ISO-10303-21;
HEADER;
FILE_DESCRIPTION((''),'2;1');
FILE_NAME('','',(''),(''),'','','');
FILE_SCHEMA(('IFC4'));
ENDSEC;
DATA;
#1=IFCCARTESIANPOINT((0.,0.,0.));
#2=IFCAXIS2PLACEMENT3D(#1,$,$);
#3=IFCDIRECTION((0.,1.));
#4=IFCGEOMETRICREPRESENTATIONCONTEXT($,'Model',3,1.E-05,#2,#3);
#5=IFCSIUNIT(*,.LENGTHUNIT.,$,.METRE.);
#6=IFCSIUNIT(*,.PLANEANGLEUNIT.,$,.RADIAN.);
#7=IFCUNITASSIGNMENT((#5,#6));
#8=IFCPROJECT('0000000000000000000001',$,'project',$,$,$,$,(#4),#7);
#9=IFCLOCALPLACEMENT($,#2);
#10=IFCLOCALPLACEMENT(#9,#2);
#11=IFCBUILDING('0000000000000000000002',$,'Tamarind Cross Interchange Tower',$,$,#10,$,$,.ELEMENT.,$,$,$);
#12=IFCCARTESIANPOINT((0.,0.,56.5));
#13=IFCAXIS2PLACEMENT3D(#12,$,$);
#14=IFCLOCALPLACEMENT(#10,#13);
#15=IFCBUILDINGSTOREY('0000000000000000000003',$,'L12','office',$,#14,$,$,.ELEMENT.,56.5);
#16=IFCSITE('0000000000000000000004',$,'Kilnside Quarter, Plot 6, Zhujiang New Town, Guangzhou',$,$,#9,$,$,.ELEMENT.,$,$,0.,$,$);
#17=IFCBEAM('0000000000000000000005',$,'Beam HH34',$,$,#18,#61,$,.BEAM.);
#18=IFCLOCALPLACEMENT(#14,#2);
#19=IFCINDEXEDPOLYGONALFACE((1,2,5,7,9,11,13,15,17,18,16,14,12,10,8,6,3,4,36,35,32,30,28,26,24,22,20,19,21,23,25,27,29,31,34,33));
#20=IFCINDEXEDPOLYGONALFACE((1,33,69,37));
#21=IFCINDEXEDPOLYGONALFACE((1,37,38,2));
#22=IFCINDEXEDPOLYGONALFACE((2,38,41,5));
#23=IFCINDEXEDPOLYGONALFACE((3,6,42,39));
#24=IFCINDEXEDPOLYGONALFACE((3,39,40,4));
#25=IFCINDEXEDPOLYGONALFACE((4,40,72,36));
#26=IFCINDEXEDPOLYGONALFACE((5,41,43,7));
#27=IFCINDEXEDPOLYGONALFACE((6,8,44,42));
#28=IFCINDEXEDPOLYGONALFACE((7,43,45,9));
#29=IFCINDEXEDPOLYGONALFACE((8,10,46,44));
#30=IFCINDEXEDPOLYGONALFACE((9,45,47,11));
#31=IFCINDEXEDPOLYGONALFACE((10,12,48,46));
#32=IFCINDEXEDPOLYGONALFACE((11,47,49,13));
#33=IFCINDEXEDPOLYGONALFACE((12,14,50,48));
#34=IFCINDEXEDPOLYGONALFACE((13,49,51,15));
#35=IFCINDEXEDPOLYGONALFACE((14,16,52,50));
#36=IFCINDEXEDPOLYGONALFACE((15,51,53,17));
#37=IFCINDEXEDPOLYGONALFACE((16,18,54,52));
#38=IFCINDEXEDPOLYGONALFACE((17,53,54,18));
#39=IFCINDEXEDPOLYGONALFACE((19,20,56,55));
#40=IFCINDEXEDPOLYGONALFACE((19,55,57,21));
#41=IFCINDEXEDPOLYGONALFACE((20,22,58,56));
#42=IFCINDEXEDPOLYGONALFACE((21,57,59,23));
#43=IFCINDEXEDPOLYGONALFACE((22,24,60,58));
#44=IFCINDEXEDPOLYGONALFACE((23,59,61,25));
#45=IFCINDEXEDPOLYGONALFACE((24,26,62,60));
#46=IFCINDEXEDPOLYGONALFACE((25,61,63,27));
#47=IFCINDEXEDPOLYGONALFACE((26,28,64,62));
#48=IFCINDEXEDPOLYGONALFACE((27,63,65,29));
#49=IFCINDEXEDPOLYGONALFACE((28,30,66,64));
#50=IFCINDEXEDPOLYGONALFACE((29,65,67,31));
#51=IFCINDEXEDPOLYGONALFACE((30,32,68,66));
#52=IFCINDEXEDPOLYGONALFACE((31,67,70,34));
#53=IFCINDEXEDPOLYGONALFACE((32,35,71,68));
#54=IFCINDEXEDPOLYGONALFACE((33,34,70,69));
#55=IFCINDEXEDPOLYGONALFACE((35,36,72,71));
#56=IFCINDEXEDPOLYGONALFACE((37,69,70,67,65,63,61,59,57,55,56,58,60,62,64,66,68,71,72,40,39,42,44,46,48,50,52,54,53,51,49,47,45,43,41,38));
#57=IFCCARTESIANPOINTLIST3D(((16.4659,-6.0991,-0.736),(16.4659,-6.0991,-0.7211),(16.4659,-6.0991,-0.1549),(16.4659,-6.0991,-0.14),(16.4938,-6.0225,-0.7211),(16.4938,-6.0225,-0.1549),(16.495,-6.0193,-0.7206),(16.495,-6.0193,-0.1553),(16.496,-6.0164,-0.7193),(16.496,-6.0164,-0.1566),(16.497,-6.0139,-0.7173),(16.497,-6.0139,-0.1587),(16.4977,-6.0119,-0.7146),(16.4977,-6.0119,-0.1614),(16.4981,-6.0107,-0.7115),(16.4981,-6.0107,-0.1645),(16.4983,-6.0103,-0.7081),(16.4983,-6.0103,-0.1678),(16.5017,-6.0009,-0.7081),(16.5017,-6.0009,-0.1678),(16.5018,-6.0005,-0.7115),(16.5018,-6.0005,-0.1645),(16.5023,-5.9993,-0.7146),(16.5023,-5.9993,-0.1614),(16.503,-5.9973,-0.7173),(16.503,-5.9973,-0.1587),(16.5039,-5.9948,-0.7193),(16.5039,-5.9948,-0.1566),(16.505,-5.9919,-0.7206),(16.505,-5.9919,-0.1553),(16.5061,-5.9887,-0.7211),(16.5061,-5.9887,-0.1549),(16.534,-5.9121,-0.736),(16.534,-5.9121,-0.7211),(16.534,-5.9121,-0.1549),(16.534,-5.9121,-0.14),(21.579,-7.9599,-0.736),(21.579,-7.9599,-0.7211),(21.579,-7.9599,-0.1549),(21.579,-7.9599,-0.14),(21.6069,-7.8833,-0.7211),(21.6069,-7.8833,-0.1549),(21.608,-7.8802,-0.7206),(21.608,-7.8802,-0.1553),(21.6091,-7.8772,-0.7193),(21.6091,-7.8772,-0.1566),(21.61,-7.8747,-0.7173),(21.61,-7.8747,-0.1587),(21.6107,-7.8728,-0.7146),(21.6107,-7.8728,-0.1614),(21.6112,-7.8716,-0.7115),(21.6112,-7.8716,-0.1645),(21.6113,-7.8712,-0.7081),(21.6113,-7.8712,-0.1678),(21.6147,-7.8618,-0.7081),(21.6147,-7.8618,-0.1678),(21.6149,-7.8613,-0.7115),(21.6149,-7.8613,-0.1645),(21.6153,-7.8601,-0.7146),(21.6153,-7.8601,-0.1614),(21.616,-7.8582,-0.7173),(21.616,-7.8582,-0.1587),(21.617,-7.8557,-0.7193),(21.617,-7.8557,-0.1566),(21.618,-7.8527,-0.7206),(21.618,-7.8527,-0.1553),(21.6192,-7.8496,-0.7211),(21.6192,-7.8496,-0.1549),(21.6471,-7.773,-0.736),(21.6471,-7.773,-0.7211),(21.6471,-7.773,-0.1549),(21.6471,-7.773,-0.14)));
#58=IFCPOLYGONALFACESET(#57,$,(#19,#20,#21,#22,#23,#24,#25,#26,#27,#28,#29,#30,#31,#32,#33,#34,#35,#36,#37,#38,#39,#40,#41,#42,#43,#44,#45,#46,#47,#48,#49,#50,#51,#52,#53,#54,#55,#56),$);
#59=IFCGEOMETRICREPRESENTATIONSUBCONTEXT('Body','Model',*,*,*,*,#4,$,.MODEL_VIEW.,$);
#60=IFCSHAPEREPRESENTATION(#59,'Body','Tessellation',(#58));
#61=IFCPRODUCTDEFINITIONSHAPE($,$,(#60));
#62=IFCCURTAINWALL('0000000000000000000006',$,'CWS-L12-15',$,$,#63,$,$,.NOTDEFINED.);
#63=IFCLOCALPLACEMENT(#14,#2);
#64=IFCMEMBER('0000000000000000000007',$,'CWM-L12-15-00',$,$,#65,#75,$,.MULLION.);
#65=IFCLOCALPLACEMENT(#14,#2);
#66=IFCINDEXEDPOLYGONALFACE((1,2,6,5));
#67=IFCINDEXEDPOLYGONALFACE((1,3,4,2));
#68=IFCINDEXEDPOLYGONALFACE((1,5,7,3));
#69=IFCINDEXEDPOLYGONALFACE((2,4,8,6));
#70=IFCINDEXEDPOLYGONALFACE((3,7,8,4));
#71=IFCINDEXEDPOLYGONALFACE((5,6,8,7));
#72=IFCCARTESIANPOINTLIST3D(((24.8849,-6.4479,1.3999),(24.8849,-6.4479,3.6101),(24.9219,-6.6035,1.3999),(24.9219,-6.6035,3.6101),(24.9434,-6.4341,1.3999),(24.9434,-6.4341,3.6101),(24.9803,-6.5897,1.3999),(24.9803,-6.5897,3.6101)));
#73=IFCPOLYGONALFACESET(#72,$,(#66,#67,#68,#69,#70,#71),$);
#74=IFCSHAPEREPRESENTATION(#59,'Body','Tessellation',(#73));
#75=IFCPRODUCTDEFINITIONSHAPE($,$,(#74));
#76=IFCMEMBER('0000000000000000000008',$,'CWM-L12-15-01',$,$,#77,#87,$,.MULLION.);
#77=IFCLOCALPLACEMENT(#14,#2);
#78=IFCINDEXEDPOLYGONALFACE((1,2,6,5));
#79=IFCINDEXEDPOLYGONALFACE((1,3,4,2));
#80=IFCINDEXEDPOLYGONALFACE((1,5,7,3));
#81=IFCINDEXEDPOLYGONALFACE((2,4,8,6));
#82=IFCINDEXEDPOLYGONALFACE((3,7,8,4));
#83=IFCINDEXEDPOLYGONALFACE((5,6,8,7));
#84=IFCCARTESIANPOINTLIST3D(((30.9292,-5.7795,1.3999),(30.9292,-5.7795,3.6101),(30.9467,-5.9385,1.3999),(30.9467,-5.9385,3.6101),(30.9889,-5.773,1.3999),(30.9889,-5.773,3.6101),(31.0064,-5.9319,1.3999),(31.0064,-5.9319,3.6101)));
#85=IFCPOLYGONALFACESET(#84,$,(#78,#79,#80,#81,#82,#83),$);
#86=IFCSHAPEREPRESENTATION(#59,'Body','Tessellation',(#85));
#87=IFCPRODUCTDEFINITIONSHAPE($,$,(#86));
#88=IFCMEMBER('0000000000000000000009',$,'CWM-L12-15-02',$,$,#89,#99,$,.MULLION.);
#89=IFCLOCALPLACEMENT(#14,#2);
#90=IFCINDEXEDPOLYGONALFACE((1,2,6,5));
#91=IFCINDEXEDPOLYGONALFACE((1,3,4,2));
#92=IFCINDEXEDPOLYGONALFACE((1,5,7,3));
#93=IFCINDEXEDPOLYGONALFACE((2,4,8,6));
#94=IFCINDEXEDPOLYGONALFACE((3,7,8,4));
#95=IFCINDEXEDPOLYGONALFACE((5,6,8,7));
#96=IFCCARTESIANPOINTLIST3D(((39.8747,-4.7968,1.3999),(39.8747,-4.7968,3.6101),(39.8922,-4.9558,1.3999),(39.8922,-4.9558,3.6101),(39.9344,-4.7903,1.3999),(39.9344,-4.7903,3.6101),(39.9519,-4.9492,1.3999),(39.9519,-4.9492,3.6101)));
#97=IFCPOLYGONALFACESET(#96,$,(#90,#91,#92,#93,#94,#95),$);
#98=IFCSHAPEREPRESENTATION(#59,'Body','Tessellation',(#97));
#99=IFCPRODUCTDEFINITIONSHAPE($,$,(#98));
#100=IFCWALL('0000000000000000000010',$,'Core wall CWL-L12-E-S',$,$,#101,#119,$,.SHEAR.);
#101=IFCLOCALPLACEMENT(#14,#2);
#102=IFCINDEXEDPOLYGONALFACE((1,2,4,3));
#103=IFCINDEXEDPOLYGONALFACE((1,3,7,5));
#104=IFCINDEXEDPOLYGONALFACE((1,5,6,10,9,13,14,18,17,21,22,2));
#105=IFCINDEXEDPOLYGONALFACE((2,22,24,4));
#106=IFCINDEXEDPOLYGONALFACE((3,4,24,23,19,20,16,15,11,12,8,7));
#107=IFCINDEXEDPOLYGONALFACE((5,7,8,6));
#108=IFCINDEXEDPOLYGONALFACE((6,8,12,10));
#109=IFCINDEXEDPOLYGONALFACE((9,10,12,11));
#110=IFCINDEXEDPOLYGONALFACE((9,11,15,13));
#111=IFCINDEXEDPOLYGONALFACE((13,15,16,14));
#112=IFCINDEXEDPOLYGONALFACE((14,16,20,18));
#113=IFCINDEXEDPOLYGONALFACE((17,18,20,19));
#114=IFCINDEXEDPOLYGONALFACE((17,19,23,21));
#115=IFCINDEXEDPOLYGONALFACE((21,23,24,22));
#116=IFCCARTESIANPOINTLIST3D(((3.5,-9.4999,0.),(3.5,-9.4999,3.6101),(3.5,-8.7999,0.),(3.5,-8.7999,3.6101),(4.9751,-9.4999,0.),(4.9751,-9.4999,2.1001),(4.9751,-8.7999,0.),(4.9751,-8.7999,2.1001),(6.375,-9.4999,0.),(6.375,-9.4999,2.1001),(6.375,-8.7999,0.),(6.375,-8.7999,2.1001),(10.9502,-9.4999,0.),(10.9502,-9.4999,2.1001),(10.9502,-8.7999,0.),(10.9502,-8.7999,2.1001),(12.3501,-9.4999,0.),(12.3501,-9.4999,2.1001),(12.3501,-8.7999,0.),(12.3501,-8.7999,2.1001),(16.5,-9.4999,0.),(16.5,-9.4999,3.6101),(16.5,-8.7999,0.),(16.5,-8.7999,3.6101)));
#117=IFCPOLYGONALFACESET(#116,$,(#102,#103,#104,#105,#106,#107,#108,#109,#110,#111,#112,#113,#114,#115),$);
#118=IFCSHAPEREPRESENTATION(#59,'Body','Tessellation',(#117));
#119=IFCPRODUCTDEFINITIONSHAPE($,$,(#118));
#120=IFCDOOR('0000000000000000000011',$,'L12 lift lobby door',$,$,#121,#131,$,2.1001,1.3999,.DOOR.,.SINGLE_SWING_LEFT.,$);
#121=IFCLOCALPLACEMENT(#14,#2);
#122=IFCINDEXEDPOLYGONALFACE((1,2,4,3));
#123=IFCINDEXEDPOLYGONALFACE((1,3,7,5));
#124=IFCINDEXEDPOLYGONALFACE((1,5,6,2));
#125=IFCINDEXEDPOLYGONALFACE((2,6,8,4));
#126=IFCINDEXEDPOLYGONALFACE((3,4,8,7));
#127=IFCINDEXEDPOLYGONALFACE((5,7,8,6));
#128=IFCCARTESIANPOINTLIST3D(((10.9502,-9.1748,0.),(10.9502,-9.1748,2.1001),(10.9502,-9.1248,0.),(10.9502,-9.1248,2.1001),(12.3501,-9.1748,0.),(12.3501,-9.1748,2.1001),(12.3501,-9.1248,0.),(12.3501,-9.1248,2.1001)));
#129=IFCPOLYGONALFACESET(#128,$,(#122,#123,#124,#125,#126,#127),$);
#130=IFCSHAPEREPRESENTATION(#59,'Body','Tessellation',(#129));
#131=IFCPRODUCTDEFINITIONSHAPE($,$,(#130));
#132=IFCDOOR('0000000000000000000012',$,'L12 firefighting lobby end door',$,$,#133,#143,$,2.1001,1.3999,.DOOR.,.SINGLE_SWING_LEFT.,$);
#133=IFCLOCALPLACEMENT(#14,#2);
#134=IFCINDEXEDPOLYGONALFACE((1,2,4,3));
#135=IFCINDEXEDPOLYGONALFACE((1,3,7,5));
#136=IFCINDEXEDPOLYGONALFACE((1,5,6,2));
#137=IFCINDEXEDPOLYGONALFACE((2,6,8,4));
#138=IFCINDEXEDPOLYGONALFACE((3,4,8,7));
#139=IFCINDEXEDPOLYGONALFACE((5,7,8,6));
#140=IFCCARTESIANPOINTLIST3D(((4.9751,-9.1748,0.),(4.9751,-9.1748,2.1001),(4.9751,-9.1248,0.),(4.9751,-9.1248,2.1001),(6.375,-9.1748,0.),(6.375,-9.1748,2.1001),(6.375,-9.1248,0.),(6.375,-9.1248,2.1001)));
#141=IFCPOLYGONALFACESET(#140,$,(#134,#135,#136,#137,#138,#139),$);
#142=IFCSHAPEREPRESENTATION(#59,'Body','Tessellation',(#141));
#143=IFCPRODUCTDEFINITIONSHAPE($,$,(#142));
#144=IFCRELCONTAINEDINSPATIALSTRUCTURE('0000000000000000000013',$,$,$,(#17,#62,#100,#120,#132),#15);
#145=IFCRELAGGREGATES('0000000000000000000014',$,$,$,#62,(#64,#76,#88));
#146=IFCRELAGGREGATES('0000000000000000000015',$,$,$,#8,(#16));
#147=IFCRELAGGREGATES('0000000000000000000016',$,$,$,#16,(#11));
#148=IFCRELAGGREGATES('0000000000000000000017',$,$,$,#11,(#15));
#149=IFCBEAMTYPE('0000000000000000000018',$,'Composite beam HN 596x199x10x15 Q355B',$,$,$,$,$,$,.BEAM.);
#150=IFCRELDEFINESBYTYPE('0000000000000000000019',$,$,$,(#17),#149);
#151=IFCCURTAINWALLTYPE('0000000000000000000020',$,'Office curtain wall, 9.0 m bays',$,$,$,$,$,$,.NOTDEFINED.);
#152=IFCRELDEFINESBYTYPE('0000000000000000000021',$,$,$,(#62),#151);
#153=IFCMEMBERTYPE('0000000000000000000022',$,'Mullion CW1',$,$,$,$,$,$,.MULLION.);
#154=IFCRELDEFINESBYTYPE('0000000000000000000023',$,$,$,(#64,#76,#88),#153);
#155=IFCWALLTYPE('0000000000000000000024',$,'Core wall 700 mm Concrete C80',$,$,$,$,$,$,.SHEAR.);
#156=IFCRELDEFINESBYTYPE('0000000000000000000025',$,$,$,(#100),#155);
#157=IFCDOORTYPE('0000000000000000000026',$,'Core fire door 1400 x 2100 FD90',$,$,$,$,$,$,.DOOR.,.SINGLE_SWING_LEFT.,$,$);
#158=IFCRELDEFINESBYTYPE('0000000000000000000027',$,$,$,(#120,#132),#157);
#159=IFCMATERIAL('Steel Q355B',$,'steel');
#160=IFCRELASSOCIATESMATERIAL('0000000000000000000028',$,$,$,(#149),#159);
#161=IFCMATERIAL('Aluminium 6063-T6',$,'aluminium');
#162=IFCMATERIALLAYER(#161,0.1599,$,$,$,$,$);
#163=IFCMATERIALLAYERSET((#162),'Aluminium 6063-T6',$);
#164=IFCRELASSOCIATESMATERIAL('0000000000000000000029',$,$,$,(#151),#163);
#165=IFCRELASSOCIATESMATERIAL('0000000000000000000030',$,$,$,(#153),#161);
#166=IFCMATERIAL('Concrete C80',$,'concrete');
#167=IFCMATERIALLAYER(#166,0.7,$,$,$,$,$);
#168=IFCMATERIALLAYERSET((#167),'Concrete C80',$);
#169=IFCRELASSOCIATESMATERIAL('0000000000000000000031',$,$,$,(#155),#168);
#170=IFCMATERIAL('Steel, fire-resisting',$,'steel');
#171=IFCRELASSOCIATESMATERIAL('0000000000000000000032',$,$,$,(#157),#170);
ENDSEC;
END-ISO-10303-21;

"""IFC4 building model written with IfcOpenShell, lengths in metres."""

from ifc_helpers import new_model, si_unit, direction, frame, frame_2d, origin, origin_2d, place, context, subcontext, project, spatial, rectangle, i_section, extrude, material, layer, layer_set, material_profile, profile_set, type_object, element, fill, aggregate, save


model = new_model("IFC4")

# Units and contexts
model_context = context("Model", 3, precision=1e-05, world=origin(), true_north=direction((0.0, 1.0)))
body_context = subcontext(model_context, "Body", "Model", "MODEL_VIEW")
ifc_project = project(units=[si_unit("LENGTHUNIT", "METRE"), si_unit("PLANEANGLEUNIT", "RADIAN")], contexts=[model_context])

# Site, building, storey
site_placement = place(None, origin())
site = spatial("IfcSite", under=ifc_project, at=site_placement, Name="Kilnside Quarter, Plot 6, Zhujiang New Town, Guangzhou", CompositionType="ELEMENT", RefElevation=0.0)
building_placement = place(site_placement, origin())
building = spatial("IfcBuilding", under=site, at=building_placement, Name="Tamarind Cross Interchange Tower", CompositionType="ELEMENT")
storey_placement = place(building_placement, frame((0.0, 0.0, 56.5)))
storey = spatial("IfcBuildingStorey", under=building, at=storey_placement, Name="L12", Description="office", CompositionType="ELEMENT", Elevation=56.5)

# Beam
ifc_material_1 = material(Name="Steel Q355B", Category="steel")
ifc_material_profile_1 = material_profile(ifc_material_1, i_section(OverallWidth=0.199, OverallDepth=0.5959, WebThickness=0.01, FlangeThickness=0.0149, FilletRadius=0.0129, at=origin_2d()), Name="HN 596x199x10x15")
ifc_profile_set_1 = profile_set([ifc_material_profile_1], Name="Steel Q355B")
beam_type_1 = type_object("IfcBeamType", Name="Composite beam HN 596x199x10x15 Q355B", PredefinedType="BEAM", material=ifc_profile_set_1)
beam_1_placement = place(storey_placement, frame((21.613, -7.8665, -0.438), z_axis=(-0.939702, 0.341995, 0.0), x_axis=(-0.341995, -0.939702, 0.0)))
element("IfcBeam", 1, at=beam_1_placement, inside=storey, type_object=beam_type_1, Name="Beam HH34", PredefinedType="BEAM", context=body_context, shape_type="SweptSolid", body=[
    extrude(i_section(OverallWidth=0.199, OverallDepth=0.5959, WebThickness=0.01, FlangeThickness=0.0149, FilletRadius=0.0129, at=origin_2d()), origin(), (0.0, 0.0, 1.0), 5.4412),
])

# Curtain wall, members
ifc_material_2 = material(Name="Aluminium 6063-T6", Category="aluminium")
ifc_layer_1 = layer(ifc_material_2, 0.1599)
ifc_layer_set_1 = layer_set([ifc_layer_1], Name="Aluminium 6063-T6")
curtain_wall_type = type_object("IfcCurtainWallType", Name="Office curtain wall, 9.0 m bays", PredefinedType="NOTDEFINED", material=ifc_layer_set_1)
curtain_wall_placement = place(storey_placement, origin())
curtain_wall = element("IfcCurtainWall", 2, at=curtain_wall_placement, inside=storey, type_object=curtain_wall_type, Name="CWS-L12-15", PredefinedType="NOTDEFINED")
ifc_material_profile_2 = material_profile(ifc_material_2, rectangle(XDim=0.0601, YDim=0.1599, at=origin_2d()), Name="Mullion CW1")
ifc_profile_set_2 = profile_set([ifc_material_profile_2], Name="Aluminium 6063-T6")
member_type = type_object("IfcMemberType", Name="Mullion CW1", PredefinedType="MULLION", material=ifc_profile_set_2)
member_1_placement = place(storey_placement, frame((24.9326, -6.5188, 1.3999), z_axis=(0.0, 0.0, 1.0), x_axis=(0.972951, 0.23101, 0.0)))
member_1 = element("IfcMember", 3, at=member_1_placement, type_object=member_type, Name="CWM-L12-15-00", PredefinedType="MULLION", context=body_context, shape_type="SweptSolid", body=[
    extrude(rectangle(XDim=0.0601, YDim=0.1599, at=origin_2d()), origin(), (0.0, 0.0, 1.0), 2.2102),
])
member_2_placement = place(storey_placement, frame((30.9678, -5.8557, 1.3999), z_axis=(0.0, 0.0, 1.0), x_axis=(0.994021, 0.109193, 0.0)))
member_2 = element("IfcMember", 4, at=member_2_placement, type_object=member_type, Name="CWM-L12-15-01", PredefinedType="MULLION", context=body_context, shape_type="SweptSolid", body=[
    extrude(rectangle(XDim=0.0601, YDim=0.1599, at=origin_2d()), origin(), (0.0, 0.0, 1.0), 2.2102),
])
member_3_placement = place(storey_placement, frame((39.9133, -4.873, 1.3999), z_axis=(0.0, 0.0, 1.0), x_axis=(0.994021, 0.109193, 0.0)))
member_3 = element("IfcMember", 5, at=member_3_placement, type_object=member_type, Name="CWM-L12-15-02", PredefinedType="MULLION", context=body_context, shape_type="SweptSolid", body=[
    extrude(rectangle(XDim=0.0601, YDim=0.1599, at=origin_2d()), origin(), (0.0, 0.0, 1.0), 2.2102),
])
aggregate(curtain_wall, [member_1, member_2, member_3])

# Wall, openings, doors
ifc_material_3 = material(Name="Concrete C80", Category="concrete")
ifc_layer_2 = layer(ifc_material_3, 0.7)
ifc_layer_set_2 = layer_set([ifc_layer_2], Name="Concrete C80")
wall_type_1 = type_object("IfcWallType", Name="Core wall 700 mm Concrete C80", PredefinedType="SHEAR", material=ifc_layer_set_2)
wall_1_placement = place(storey_placement, frame((16.5, -9.1499, 0.0), z_axis=(0.0, 0.0, 1.0), x_axis=(-1.0, 0.0, 0.0)))
wall_1 = element("IfcWall", 6, at=wall_1_placement, inside=storey, type_object=wall_type_1, Name="Core wall CWL-L12-E-S", PredefinedType="SHEAR", context=body_context, shape_type="SweptSolid", body=[
    extrude(rectangle(XDim=13.0, YDim=0.7, at=frame_2d((6.5, 0.0))), origin(), (0.0, 0.0, 1.0), 3.6101),
])
opening_1_placement = place(wall_1_placement, frame((4.1499, 0.0, 0.0)))
opening_1 = element("IfcOpeningElement", 7, at=opening_1_placement, cuts=wall_1, PredefinedType="OPENING", context=body_context, shape_type="SweptSolid", body=[
    extrude(rectangle(XDim=1.3999, YDim=2.1001, at=frame_2d((0.7, 1.05))), frame((0.0, 0.3599, 0.0), z_axis=(0.0, -1.0, 0.0), x_axis=(1.0, 0.0, 0.0)), (0.0, 0.0, 1.0), 0.72),
])
opening_2_placement = place(wall_1_placement, frame((10.125, 0.0, 0.0)))
opening_2 = element("IfcOpeningElement", 8, at=opening_2_placement, cuts=wall_1, PredefinedType="OPENING", context=body_context, shape_type="SweptSolid", body=[
    extrude(rectangle(XDim=1.3999, YDim=2.1001, at=frame_2d((0.7, 1.05))), frame((0.0, 0.3599, 0.0), z_axis=(0.0, -1.0, 0.0), x_axis=(1.0, 0.0, 0.0)), (0.0, 0.0, 1.0), 0.72),
])
ifc_material_4 = material(Name="Steel, fire-resisting", Category="steel")
door_type_1 = type_object("IfcDoorType", Name="Core fire door 1400 x 2100 FD90", OperationType="SINGLE_SWING_LEFT", PredefinedType="DOOR", material=ifc_material_4)
door_1_placement = place(opening_1_placement, origin())
door_1 = element("IfcDoor", 9, at=door_1_placement, inside=storey, type_object=door_type_1, Name="L12 lift lobby door", OperationType="SINGLE_SWING_LEFT", OverallHeight=2.1001, OverallWidth=1.3999, PredefinedType="DOOR", context=body_context, shape_type="SweptSolid", body=[
    extrude(rectangle(XDim=1.3999, YDim=2.1001, at=frame_2d((0.7, 1.05))), frame((0.0, 0.0249, 0.0), z_axis=(0.0, -1.0, 0.0), x_axis=(1.0, 0.0, 0.0)), (0.0, 0.0, 1.0), 0.05),
])
fill(opening_1, door_1)
door_2_placement = place(opening_2_placement, origin())
door_2 = element("IfcDoor", 10, at=door_2_placement, inside=storey, type_object=door_type_1, Name="L12 firefighting lobby end door", OperationType="SINGLE_SWING_LEFT", OverallHeight=2.1001, OverallWidth=1.3999, PredefinedType="DOOR", context=body_context, shape_type="SweptSolid", body=[
    extrude(rectangle(XDim=1.3999, YDim=2.1001, at=frame_2d((0.7, 1.05))), frame((0.0, 0.0249, 0.0), z_axis=(0.0, -1.0, 0.0), x_axis=(1.0, 0.0, 0.0)), (0.0, 0.0, 1.0), 0.05),
])
fill(opening_2, door_2)

save(model, "model.ifc")
